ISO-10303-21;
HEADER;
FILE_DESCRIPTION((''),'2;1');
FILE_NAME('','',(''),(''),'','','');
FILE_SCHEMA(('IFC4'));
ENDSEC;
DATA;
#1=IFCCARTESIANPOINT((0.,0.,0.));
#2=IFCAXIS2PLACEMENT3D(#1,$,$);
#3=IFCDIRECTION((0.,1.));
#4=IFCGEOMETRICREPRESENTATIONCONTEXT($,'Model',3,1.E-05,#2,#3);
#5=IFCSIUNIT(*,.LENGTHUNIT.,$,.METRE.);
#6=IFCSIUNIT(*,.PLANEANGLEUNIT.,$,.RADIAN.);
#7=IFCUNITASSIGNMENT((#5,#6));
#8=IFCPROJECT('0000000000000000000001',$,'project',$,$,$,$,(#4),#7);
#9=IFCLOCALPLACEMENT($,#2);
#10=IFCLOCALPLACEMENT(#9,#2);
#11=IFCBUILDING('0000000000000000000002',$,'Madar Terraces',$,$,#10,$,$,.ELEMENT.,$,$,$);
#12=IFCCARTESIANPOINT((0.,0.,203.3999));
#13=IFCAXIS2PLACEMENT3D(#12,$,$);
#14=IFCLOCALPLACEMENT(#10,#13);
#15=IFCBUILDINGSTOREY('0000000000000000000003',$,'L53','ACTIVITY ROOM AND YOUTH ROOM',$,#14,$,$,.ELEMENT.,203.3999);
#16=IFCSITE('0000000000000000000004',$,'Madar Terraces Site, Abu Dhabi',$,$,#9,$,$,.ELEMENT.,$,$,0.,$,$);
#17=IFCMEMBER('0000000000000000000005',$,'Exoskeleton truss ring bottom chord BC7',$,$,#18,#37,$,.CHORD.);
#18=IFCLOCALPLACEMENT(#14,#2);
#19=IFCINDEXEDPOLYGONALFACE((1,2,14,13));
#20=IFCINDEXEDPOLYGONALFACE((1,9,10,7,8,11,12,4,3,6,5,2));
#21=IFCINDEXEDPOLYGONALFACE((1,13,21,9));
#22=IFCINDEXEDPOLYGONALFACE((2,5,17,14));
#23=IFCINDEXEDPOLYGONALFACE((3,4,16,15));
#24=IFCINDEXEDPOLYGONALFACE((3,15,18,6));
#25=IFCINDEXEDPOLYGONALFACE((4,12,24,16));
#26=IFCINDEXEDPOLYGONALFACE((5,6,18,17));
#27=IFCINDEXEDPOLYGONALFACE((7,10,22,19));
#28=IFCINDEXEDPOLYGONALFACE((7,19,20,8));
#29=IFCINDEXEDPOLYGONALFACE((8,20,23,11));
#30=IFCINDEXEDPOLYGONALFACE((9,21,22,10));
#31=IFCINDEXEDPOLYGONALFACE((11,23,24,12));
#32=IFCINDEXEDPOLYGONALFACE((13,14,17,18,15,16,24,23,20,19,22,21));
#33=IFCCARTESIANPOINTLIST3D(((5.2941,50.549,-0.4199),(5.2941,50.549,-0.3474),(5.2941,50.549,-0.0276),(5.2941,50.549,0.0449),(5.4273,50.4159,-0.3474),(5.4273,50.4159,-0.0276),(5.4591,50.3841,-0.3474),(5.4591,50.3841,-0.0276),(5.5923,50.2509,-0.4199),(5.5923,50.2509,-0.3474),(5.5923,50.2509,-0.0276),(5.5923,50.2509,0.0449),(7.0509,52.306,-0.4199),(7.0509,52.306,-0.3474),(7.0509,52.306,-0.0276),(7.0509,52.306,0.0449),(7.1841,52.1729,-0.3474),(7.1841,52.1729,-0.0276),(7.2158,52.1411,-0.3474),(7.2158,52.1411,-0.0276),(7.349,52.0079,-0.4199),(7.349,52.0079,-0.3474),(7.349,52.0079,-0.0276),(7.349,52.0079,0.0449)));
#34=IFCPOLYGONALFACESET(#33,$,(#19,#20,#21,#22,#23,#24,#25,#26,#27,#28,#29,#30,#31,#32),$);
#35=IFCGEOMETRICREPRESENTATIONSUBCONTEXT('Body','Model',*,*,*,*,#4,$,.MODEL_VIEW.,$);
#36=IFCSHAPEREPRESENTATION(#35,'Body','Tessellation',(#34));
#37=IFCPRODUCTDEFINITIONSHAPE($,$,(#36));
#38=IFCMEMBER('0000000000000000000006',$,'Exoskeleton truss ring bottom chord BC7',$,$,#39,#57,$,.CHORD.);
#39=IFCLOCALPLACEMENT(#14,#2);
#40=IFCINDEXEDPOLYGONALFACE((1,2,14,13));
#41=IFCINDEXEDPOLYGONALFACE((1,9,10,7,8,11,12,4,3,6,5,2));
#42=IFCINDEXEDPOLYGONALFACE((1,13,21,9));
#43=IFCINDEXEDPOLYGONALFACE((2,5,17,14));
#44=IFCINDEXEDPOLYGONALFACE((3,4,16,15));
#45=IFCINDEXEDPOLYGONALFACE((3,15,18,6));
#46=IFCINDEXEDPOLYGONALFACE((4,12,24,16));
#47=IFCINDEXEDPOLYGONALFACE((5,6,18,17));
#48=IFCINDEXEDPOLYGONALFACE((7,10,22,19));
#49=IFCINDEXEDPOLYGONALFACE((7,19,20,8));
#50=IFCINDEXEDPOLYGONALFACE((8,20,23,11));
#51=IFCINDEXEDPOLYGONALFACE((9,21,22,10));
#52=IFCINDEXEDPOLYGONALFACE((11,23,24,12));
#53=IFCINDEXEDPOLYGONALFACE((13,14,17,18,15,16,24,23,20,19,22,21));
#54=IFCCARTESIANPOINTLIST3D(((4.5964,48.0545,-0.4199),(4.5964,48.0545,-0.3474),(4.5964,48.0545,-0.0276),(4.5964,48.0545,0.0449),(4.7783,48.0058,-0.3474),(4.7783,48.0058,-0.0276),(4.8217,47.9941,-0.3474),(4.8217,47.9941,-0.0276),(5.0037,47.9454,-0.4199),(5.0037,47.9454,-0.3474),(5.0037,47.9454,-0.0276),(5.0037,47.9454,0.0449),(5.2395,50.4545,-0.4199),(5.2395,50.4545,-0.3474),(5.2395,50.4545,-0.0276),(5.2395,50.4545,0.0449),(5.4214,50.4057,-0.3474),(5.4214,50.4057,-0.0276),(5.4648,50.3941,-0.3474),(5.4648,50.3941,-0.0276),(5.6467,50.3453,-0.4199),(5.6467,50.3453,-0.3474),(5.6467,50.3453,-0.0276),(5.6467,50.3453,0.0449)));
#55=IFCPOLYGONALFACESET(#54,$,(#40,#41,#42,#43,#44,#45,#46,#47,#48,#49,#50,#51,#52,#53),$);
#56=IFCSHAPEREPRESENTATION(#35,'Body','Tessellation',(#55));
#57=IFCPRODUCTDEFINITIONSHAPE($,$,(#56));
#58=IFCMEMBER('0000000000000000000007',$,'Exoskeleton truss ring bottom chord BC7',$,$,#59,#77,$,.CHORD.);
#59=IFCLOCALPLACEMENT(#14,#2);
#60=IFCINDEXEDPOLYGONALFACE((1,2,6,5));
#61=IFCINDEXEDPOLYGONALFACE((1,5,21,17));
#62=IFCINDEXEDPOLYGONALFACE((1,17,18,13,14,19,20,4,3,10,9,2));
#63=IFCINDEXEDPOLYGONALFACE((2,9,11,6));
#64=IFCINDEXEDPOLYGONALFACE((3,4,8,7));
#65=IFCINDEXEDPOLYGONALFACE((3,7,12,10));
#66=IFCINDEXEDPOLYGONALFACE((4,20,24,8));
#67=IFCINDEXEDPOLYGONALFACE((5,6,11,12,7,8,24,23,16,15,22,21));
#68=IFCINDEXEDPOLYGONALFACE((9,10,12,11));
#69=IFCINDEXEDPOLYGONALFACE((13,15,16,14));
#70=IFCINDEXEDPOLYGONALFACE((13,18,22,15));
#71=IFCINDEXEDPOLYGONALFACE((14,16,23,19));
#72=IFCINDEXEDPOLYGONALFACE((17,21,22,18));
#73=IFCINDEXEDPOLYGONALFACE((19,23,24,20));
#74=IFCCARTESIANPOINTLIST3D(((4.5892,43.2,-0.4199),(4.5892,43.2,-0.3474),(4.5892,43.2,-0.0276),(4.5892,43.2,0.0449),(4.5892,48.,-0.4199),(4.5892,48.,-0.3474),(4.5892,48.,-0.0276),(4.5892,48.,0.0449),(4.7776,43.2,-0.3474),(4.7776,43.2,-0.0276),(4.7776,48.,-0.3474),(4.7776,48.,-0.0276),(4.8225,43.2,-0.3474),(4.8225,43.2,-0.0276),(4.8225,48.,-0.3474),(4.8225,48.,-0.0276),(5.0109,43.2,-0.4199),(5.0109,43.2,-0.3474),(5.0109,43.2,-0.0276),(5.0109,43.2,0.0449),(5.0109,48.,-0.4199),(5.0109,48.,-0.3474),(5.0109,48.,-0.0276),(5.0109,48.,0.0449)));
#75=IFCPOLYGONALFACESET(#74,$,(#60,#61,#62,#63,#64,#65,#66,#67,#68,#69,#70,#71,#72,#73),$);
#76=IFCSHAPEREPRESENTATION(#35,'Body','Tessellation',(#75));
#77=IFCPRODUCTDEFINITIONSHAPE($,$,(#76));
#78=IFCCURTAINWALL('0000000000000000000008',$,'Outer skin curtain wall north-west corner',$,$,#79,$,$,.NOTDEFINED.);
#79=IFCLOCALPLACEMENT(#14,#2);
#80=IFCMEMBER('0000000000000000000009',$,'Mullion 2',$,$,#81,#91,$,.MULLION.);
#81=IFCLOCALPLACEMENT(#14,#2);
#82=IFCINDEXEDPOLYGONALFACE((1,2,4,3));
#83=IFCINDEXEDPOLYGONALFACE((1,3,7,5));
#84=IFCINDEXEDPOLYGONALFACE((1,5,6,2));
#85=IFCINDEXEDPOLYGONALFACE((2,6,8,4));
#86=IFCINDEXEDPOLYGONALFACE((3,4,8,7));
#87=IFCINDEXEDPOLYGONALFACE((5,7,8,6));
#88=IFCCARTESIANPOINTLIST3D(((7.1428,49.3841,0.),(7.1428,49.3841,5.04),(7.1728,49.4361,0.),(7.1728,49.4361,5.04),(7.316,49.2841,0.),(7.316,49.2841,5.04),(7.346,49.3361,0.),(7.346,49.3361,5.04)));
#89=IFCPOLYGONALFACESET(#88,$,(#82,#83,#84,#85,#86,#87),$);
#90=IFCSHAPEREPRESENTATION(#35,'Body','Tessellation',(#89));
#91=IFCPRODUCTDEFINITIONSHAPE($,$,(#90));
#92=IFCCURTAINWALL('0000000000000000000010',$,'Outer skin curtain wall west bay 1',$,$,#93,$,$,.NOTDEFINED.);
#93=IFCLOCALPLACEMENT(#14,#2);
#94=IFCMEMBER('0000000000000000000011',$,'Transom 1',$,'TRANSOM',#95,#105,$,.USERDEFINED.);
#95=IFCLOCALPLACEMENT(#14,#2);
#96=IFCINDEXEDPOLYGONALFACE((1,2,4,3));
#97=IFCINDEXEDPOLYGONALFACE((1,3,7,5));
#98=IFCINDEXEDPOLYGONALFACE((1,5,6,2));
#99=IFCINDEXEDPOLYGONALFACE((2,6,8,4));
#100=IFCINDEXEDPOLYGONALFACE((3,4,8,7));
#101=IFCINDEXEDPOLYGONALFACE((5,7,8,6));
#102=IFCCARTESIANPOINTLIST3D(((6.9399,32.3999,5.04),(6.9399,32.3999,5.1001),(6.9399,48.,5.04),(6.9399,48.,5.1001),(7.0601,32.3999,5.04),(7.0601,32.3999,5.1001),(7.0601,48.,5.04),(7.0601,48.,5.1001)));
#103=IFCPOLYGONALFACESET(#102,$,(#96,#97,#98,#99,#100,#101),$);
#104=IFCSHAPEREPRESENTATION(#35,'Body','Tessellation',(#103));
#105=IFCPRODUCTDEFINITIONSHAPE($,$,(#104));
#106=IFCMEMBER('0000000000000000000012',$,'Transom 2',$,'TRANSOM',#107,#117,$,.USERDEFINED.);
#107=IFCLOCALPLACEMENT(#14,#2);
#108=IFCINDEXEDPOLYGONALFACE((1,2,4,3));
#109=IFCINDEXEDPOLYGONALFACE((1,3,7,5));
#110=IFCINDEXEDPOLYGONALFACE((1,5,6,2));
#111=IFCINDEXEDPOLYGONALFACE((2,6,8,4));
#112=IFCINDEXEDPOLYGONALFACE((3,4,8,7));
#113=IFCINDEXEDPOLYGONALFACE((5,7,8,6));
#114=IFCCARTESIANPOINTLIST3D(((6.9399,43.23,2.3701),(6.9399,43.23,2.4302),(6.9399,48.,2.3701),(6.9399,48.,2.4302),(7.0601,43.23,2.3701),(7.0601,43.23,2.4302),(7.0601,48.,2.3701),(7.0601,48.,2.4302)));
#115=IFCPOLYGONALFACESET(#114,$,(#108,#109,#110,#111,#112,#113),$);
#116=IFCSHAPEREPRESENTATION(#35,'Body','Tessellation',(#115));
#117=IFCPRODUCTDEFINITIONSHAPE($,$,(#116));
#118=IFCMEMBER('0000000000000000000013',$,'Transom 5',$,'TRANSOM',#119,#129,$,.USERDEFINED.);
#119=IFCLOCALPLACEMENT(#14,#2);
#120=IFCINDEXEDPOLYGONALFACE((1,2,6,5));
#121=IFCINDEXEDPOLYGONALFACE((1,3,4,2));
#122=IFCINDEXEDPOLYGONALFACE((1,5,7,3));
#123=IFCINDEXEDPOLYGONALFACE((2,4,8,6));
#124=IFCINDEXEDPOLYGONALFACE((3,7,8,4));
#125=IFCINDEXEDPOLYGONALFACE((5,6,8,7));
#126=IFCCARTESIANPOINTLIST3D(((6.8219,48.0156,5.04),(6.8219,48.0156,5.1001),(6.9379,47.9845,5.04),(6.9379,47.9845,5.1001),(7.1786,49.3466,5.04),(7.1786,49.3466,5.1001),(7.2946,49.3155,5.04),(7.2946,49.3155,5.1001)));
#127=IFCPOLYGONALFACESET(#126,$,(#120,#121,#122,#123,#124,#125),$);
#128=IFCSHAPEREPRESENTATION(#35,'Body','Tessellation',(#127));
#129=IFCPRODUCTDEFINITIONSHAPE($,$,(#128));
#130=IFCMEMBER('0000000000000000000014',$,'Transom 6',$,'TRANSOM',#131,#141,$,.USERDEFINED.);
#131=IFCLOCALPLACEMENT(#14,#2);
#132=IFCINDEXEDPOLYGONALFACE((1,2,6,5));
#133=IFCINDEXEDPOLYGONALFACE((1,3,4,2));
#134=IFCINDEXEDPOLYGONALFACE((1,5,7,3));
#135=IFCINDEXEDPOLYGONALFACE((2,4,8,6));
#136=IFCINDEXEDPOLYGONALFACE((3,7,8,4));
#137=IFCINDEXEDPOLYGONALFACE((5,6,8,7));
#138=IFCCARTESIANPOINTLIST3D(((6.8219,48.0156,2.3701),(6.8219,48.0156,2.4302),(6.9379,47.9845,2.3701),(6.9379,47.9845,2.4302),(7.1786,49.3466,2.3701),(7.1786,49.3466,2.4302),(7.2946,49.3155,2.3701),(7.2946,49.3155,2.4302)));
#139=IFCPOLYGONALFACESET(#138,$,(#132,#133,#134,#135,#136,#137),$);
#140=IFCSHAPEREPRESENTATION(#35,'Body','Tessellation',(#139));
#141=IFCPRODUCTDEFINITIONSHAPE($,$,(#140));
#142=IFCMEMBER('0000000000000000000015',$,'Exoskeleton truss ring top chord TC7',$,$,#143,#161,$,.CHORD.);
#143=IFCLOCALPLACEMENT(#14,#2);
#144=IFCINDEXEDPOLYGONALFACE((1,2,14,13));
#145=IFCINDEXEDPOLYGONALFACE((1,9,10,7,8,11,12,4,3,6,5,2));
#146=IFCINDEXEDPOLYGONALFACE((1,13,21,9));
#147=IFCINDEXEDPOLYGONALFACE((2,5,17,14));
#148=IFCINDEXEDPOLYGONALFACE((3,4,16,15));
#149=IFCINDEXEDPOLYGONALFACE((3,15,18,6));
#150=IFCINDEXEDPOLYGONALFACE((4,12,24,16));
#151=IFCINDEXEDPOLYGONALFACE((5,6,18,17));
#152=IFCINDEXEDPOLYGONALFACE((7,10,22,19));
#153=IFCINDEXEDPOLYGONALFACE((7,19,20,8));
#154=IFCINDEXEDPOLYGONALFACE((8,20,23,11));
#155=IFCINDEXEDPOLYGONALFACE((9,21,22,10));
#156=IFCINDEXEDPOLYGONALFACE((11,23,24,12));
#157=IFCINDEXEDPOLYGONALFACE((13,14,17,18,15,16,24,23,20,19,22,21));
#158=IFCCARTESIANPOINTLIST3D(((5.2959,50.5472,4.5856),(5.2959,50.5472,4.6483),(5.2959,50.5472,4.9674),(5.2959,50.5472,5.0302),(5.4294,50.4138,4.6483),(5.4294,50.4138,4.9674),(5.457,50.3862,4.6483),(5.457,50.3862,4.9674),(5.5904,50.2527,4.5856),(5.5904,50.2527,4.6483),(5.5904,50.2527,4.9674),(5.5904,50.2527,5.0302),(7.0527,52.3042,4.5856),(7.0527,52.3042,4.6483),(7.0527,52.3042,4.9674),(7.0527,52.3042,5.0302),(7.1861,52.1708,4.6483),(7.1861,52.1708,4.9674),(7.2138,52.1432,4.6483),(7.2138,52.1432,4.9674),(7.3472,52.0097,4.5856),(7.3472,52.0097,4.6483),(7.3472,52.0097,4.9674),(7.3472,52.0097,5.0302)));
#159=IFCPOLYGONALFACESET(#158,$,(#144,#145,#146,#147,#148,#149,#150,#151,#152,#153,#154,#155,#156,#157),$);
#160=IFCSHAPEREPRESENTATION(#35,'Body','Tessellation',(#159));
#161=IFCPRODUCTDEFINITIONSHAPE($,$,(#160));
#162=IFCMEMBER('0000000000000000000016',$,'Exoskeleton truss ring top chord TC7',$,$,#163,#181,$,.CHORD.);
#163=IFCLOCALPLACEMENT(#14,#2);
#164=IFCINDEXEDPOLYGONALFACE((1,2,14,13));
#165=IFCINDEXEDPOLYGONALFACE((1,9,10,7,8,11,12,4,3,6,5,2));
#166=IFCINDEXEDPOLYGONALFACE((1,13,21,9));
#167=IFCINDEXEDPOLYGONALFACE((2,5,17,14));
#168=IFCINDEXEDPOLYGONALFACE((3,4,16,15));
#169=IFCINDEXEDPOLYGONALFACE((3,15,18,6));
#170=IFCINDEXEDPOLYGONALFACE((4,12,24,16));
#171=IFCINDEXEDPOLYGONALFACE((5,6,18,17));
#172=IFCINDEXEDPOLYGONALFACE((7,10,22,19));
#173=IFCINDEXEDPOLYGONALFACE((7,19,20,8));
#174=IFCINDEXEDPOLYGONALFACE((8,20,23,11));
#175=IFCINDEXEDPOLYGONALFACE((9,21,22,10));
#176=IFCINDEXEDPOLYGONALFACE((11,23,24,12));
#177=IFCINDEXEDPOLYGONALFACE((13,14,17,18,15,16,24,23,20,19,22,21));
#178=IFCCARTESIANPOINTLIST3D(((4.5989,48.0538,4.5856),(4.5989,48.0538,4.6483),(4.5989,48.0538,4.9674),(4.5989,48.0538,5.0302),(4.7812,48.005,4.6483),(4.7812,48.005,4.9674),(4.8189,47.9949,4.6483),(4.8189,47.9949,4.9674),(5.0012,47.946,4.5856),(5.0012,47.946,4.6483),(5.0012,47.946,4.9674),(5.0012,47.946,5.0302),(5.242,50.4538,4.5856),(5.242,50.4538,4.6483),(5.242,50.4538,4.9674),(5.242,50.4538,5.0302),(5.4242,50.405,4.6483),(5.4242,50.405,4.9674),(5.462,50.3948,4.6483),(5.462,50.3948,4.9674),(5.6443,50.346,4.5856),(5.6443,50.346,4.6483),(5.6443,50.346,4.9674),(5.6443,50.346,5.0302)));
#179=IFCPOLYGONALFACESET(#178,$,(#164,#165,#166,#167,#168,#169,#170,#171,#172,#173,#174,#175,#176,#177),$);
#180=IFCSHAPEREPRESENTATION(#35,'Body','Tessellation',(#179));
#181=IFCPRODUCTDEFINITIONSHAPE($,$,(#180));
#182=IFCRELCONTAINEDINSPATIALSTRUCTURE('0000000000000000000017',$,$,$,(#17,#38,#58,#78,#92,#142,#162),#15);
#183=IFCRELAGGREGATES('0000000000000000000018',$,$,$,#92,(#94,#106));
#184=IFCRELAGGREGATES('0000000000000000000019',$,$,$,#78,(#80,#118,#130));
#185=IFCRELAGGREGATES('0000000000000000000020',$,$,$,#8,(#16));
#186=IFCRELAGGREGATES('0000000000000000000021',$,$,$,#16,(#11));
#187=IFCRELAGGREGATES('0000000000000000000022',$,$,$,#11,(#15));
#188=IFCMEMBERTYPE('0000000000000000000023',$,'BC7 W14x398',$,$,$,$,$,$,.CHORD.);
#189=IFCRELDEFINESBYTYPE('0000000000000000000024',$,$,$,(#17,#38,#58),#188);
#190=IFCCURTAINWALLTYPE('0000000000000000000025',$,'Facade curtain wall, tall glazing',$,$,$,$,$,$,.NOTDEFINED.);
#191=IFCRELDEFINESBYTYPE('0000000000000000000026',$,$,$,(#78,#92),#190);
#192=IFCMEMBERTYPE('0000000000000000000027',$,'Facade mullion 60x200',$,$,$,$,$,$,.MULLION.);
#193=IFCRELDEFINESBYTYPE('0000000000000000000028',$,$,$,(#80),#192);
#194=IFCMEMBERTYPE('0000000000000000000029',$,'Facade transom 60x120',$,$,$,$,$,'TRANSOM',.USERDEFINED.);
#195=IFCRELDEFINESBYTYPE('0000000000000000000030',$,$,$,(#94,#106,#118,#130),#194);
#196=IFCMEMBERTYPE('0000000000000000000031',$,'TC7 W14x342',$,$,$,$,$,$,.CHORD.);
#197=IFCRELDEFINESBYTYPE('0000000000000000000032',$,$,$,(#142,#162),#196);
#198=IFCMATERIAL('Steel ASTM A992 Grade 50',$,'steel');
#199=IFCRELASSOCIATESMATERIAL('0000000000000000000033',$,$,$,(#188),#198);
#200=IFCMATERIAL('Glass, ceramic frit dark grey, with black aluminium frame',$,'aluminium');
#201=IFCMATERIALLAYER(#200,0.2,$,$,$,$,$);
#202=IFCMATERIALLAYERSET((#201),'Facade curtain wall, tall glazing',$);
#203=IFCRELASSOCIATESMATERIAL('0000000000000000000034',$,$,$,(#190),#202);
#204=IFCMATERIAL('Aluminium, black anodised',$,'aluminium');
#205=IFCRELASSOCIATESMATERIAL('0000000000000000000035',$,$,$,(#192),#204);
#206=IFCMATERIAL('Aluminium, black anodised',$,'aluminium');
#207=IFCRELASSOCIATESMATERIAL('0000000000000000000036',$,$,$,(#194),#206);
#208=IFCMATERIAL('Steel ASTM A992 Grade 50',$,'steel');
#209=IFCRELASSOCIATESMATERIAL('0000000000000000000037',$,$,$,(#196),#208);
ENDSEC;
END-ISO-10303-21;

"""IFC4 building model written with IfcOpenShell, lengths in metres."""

from ifc_helpers import new_model, si_unit, direction, frame, origin, origin_2d, place, context, subcontext, project, spatial, rectangle, i_section, extrude, material, layer, layer_set, material_profile, profile_set, type_object, element, aggregate, save


model = new_model("IFC4")

# Units and contexts
model_context = context("Model", 3, precision=1e-05, world=origin(), true_north=direction((0.0, 1.0)))
body_context = subcontext(model_context, "Body", "Model", "MODEL_VIEW")
ifc_project = project(units=[si_unit("LENGTHUNIT", "METRE"), si_unit("PLANEANGLEUNIT", "RADIAN")], contexts=[model_context])

# Site, building, storey
site_placement = place(None, origin())
site = spatial("IfcSite", under=ifc_project, at=site_placement, Name="Madar Terraces Site, Abu Dhabi", CompositionType="ELEMENT", RefElevation=0.0)
building_placement = place(site_placement, origin())
building = spatial("IfcBuilding", under=site, at=building_placement, Name="Madar Terraces", CompositionType="ELEMENT")
storey_placement = place(building_placement, frame((0.0, 0.0, 203.3999)))
storey = spatial("IfcBuildingStorey", under=building, at=storey_placement, Name="L53", Description="ACTIVITY ROOM AND YOUTH ROOM", CompositionType="ELEMENT", Elevation=203.3999)

# Members
ifc_material_1 = material(Name="Steel ASTM A992 Grade 50", Category="steel")
ifc_material_profile_1 = material_profile(ifc_material_1, i_section(OverallWidth=0.4216, OverallDepth=0.4648, WebThickness=0.0449, FlangeThickness=0.0725, at=origin_2d()), Name="W14x398")
ifc_profile_set_1 = profile_set([ifc_material_profile_1], Name="Steel ASTM A992 Grade 50")
member_type_1 = type_object("IfcMemberType", Name="BC7 W14x398", PredefinedType="CHORD", material=ifc_profile_set_1)
for number, where, z_axis, x_axis, name in (
    (1, (7.2, 52.157, -0.1875), (-0.707058, -0.707156, 0.0), (0.707156, -0.707058, 0.0), "Exoskeleton truss ring bottom chord BC7"),
    (2, (5.4431, 50.3999, -0.1875), (-0.258824, -0.965924, 0.0), (0.965924, -0.258824, 0.0), "Exoskeleton truss ring bottom chord BC7"),
):
    element("IfcMember", number, at=place(storey_placement, frame(where, z_axis=z_axis, x_axis=x_axis)), inside=storey, type_object=member_type_1, Name=name, PredefinedType="CHORD", context=body_context, shape_type="SweptSolid", body=[
        extrude(i_section(OverallWidth=0.4216, OverallDepth=0.4648, WebThickness=0.0449, FlangeThickness=0.0725, at=origin_2d()), origin(), (0.0, 0.0, 1.0), 2.4846),
    ])
member_1_placement = place(storey_placement, frame((4.8, 48.0, -0.1875), z_axis=(0.0, -1.0, 0.0), x_axis=(1.0, 0.0, 0.0)))
element("IfcMember", 3, at=member_1_placement, inside=storey, type_object=member_type_1, Name="Exoskeleton truss ring bottom chord BC7", PredefinedType="CHORD", context=body_context, shape_type="SweptSolid", body=[
    extrude(i_section(OverallWidth=0.4216, OverallDepth=0.4648, WebThickness=0.0449, FlangeThickness=0.0725, at=origin_2d()), origin(), (0.0, 0.0, 1.0), 4.8),
])

# Curtain wall, member
ifc_material_2 = material(Name="Glass, ceramic frit dark grey, with black aluminium frame", Category="aluminium")
ifc_layer_1 = layer(ifc_material_2, 0.2)
ifc_layer_set_1 = layer_set([ifc_layer_1], Name="Facade curtain wall, tall glazing")
curtain_wall_type = type_object("IfcCurtainWallType", Name="Facade curtain wall, tall glazing", PredefinedType="NOTDEFINED", material=ifc_layer_set_1)
curtain_wall_1_placement = place(storey_placement, origin())
curtain_wall_1 = element("IfcCurtainWall", 4, at=curtain_wall_1_placement, inside=storey, type_object=curtain_wall_type, Name="Outer skin curtain wall north-west corner", PredefinedType="NOTDEFINED")
ifc_material_3 = material(Name="Aluminium, black anodised", Category="aluminium")
ifc_material_profile_2 = material_profile(ifc_material_3, rectangle(XDim=0.2, YDim=0.0601, at=origin_2d()), Name="Facade mullion 60x200")
ifc_profile_set_2 = profile_set([ifc_material_profile_2], Name="Aluminium, black anodised")
member_type_2 = type_object("IfcMemberType", Name="Facade mullion 60x200", PredefinedType="MULLION", material=ifc_profile_set_2)
member_2_placement = place(storey_placement, frame((7.2444, 49.3601, 0.0), z_axis=(0.0, 0.0, 1.0), x_axis=(0.866025, -0.5, 0.0)))
member_2 = element("IfcMember", 5, at=member_2_placement, type_object=member_type_2, Name="Mullion 2", PredefinedType="MULLION", context=body_context, shape_type="SweptSolid", body=[
    extrude(rectangle(XDim=0.2, YDim=0.0601, at=origin_2d()), origin(), (0.0, 0.0, 1.0), 5.04),
])

# Curtain wall, members
curtain_wall_2_placement = place(storey_placement, origin())
curtain_wall_2 = element("IfcCurtainWall", 6, at=curtain_wall_2_placement, inside=storey, type_object=curtain_wall_type, Name="Outer skin curtain wall west bay 1", PredefinedType="NOTDEFINED")
ifc_material_4 = material(Name="Aluminium, black anodised", Category="aluminium")
ifc_material_profile_3 = material_profile(ifc_material_4, rectangle(XDim=0.1201, YDim=0.0601, at=origin_2d()), Name="Facade transom 60x120")
ifc_profile_set_3 = profile_set([ifc_material_profile_3], Name="Aluminium, black anodised")
member_type_3 = type_object("IfcMemberType", Name="Facade transom 60x120", ElementType="TRANSOM", PredefinedType="USERDEFINED", material=ifc_profile_set_3)
member_3_placement = place(storey_placement, frame((7.0, 48.0, 5.0701), z_axis=(0.0, -1.0, 0.0), x_axis=(1.0, 0.0, 0.0)))
member_3 = element("IfcMember", 7, at=member_3_placement, type_object=member_type_3, Name="Transom 1", ObjectType="TRANSOM", PredefinedType="USERDEFINED", context=body_context, shape_type="SweptSolid", body=[
    extrude(rectangle(XDim=0.1201, YDim=0.0601, at=origin_2d()), origin(), (0.0, 0.0, 1.0), 15.6001),
])
member_4_placement = place(storey_placement, frame((7.0, 48.0, 2.4001), z_axis=(0.0, -1.0, 0.0), x_axis=(1.0, 0.0, 0.0)))
member_4 = element("IfcMember", 8, at=member_4_placement, type_object=member_type_3, Name="Transom 2", ObjectType="TRANSOM", PredefinedType="USERDEFINED", context=body_context, shape_type="SweptSolid", body=[
    extrude(rectangle(XDim=0.1201, YDim=0.0601, at=origin_2d()), origin(), (0.0, 0.0, 1.0), 4.77),
])

# Members
member_5_placement = place(storey_placement, frame((7.2366, 49.3311, 5.0701), z_axis=(-0.258842, -0.96592, 0.0), x_axis=(0.96592, -0.258842, 0.0)))
member_5 = element("IfcMember", 9, at=member_5_placement, type_object=member_type_3, Name="Transom 5", ObjectType="TRANSOM", PredefinedType="USERDEFINED", context=body_context, shape_type="SweptSolid", body=[
    extrude(rectangle(XDim=0.1201, YDim=0.0601, at=origin_2d()), origin(), (0.0, 0.0, 1.0), 1.3779),
])
member_6_placement = place(storey_placement, frame((7.2366, 49.3311, 2.4001), z_axis=(-0.258842, -0.96592, 0.0), x_axis=(0.96592, -0.258842, 0.0)))
member_6 = element("IfcMember", 10, at=member_6_placement, type_object=member_type_3, Name="Transom 6", ObjectType="TRANSOM", PredefinedType="USERDEFINED", context=body_context, shape_type="SweptSolid", body=[
    extrude(rectangle(XDim=0.1201, YDim=0.0601, at=origin_2d()), origin(), (0.0, 0.0, 1.0), 1.3779),
])

# Members
ifc_material_5 = material(Name="Steel ASTM A992 Grade 50", Category="steel")
ifc_material_profile_4 = material_profile(ifc_material_5, i_section(OverallWidth=0.4165, OverallDepth=0.4446, WebThickness=0.0391, FlangeThickness=0.0627, at=origin_2d()), Name="W14x342")
ifc_profile_set_4 = profile_set([ifc_material_profile_4], Name="Steel ASTM A992 Grade 50")
member_type_4 = type_object("IfcMemberType", Name="TC7 W14x342", PredefinedType="CHORD", material=ifc_profile_set_4)
for number, where, z_axis, x_axis, name in (
    (11, (7.2, 52.157, 4.8079), (-0.707058, -0.707156, 0.0), (0.707156, -0.707058, 0.0), "Exoskeleton truss ring top chord TC7"),
    (12, (5.4431, 50.3999, 4.8079), (-0.258824, -0.965924, 0.0), (0.965924, -0.258824, 0.0), "Exoskeleton truss ring top chord TC7"),
):
    element("IfcMember", number, at=place(storey_placement, frame(where, z_axis=z_axis, x_axis=x_axis)), inside=storey, type_object=member_type_4, Name=name, PredefinedType="CHORD", context=body_context, shape_type="SweptSolid", body=[
        extrude(i_section(OverallWidth=0.4165, OverallDepth=0.4446, WebThickness=0.0391, FlangeThickness=0.0627, at=origin_2d()), origin(), (0.0, 0.0, 1.0), 2.4846),
    ])

aggregate(curtain_wall_2, [member_3, member_4])
aggregate(curtain_wall_1, [member_2, member_5, member_6])

save(model, "model.ifc")
